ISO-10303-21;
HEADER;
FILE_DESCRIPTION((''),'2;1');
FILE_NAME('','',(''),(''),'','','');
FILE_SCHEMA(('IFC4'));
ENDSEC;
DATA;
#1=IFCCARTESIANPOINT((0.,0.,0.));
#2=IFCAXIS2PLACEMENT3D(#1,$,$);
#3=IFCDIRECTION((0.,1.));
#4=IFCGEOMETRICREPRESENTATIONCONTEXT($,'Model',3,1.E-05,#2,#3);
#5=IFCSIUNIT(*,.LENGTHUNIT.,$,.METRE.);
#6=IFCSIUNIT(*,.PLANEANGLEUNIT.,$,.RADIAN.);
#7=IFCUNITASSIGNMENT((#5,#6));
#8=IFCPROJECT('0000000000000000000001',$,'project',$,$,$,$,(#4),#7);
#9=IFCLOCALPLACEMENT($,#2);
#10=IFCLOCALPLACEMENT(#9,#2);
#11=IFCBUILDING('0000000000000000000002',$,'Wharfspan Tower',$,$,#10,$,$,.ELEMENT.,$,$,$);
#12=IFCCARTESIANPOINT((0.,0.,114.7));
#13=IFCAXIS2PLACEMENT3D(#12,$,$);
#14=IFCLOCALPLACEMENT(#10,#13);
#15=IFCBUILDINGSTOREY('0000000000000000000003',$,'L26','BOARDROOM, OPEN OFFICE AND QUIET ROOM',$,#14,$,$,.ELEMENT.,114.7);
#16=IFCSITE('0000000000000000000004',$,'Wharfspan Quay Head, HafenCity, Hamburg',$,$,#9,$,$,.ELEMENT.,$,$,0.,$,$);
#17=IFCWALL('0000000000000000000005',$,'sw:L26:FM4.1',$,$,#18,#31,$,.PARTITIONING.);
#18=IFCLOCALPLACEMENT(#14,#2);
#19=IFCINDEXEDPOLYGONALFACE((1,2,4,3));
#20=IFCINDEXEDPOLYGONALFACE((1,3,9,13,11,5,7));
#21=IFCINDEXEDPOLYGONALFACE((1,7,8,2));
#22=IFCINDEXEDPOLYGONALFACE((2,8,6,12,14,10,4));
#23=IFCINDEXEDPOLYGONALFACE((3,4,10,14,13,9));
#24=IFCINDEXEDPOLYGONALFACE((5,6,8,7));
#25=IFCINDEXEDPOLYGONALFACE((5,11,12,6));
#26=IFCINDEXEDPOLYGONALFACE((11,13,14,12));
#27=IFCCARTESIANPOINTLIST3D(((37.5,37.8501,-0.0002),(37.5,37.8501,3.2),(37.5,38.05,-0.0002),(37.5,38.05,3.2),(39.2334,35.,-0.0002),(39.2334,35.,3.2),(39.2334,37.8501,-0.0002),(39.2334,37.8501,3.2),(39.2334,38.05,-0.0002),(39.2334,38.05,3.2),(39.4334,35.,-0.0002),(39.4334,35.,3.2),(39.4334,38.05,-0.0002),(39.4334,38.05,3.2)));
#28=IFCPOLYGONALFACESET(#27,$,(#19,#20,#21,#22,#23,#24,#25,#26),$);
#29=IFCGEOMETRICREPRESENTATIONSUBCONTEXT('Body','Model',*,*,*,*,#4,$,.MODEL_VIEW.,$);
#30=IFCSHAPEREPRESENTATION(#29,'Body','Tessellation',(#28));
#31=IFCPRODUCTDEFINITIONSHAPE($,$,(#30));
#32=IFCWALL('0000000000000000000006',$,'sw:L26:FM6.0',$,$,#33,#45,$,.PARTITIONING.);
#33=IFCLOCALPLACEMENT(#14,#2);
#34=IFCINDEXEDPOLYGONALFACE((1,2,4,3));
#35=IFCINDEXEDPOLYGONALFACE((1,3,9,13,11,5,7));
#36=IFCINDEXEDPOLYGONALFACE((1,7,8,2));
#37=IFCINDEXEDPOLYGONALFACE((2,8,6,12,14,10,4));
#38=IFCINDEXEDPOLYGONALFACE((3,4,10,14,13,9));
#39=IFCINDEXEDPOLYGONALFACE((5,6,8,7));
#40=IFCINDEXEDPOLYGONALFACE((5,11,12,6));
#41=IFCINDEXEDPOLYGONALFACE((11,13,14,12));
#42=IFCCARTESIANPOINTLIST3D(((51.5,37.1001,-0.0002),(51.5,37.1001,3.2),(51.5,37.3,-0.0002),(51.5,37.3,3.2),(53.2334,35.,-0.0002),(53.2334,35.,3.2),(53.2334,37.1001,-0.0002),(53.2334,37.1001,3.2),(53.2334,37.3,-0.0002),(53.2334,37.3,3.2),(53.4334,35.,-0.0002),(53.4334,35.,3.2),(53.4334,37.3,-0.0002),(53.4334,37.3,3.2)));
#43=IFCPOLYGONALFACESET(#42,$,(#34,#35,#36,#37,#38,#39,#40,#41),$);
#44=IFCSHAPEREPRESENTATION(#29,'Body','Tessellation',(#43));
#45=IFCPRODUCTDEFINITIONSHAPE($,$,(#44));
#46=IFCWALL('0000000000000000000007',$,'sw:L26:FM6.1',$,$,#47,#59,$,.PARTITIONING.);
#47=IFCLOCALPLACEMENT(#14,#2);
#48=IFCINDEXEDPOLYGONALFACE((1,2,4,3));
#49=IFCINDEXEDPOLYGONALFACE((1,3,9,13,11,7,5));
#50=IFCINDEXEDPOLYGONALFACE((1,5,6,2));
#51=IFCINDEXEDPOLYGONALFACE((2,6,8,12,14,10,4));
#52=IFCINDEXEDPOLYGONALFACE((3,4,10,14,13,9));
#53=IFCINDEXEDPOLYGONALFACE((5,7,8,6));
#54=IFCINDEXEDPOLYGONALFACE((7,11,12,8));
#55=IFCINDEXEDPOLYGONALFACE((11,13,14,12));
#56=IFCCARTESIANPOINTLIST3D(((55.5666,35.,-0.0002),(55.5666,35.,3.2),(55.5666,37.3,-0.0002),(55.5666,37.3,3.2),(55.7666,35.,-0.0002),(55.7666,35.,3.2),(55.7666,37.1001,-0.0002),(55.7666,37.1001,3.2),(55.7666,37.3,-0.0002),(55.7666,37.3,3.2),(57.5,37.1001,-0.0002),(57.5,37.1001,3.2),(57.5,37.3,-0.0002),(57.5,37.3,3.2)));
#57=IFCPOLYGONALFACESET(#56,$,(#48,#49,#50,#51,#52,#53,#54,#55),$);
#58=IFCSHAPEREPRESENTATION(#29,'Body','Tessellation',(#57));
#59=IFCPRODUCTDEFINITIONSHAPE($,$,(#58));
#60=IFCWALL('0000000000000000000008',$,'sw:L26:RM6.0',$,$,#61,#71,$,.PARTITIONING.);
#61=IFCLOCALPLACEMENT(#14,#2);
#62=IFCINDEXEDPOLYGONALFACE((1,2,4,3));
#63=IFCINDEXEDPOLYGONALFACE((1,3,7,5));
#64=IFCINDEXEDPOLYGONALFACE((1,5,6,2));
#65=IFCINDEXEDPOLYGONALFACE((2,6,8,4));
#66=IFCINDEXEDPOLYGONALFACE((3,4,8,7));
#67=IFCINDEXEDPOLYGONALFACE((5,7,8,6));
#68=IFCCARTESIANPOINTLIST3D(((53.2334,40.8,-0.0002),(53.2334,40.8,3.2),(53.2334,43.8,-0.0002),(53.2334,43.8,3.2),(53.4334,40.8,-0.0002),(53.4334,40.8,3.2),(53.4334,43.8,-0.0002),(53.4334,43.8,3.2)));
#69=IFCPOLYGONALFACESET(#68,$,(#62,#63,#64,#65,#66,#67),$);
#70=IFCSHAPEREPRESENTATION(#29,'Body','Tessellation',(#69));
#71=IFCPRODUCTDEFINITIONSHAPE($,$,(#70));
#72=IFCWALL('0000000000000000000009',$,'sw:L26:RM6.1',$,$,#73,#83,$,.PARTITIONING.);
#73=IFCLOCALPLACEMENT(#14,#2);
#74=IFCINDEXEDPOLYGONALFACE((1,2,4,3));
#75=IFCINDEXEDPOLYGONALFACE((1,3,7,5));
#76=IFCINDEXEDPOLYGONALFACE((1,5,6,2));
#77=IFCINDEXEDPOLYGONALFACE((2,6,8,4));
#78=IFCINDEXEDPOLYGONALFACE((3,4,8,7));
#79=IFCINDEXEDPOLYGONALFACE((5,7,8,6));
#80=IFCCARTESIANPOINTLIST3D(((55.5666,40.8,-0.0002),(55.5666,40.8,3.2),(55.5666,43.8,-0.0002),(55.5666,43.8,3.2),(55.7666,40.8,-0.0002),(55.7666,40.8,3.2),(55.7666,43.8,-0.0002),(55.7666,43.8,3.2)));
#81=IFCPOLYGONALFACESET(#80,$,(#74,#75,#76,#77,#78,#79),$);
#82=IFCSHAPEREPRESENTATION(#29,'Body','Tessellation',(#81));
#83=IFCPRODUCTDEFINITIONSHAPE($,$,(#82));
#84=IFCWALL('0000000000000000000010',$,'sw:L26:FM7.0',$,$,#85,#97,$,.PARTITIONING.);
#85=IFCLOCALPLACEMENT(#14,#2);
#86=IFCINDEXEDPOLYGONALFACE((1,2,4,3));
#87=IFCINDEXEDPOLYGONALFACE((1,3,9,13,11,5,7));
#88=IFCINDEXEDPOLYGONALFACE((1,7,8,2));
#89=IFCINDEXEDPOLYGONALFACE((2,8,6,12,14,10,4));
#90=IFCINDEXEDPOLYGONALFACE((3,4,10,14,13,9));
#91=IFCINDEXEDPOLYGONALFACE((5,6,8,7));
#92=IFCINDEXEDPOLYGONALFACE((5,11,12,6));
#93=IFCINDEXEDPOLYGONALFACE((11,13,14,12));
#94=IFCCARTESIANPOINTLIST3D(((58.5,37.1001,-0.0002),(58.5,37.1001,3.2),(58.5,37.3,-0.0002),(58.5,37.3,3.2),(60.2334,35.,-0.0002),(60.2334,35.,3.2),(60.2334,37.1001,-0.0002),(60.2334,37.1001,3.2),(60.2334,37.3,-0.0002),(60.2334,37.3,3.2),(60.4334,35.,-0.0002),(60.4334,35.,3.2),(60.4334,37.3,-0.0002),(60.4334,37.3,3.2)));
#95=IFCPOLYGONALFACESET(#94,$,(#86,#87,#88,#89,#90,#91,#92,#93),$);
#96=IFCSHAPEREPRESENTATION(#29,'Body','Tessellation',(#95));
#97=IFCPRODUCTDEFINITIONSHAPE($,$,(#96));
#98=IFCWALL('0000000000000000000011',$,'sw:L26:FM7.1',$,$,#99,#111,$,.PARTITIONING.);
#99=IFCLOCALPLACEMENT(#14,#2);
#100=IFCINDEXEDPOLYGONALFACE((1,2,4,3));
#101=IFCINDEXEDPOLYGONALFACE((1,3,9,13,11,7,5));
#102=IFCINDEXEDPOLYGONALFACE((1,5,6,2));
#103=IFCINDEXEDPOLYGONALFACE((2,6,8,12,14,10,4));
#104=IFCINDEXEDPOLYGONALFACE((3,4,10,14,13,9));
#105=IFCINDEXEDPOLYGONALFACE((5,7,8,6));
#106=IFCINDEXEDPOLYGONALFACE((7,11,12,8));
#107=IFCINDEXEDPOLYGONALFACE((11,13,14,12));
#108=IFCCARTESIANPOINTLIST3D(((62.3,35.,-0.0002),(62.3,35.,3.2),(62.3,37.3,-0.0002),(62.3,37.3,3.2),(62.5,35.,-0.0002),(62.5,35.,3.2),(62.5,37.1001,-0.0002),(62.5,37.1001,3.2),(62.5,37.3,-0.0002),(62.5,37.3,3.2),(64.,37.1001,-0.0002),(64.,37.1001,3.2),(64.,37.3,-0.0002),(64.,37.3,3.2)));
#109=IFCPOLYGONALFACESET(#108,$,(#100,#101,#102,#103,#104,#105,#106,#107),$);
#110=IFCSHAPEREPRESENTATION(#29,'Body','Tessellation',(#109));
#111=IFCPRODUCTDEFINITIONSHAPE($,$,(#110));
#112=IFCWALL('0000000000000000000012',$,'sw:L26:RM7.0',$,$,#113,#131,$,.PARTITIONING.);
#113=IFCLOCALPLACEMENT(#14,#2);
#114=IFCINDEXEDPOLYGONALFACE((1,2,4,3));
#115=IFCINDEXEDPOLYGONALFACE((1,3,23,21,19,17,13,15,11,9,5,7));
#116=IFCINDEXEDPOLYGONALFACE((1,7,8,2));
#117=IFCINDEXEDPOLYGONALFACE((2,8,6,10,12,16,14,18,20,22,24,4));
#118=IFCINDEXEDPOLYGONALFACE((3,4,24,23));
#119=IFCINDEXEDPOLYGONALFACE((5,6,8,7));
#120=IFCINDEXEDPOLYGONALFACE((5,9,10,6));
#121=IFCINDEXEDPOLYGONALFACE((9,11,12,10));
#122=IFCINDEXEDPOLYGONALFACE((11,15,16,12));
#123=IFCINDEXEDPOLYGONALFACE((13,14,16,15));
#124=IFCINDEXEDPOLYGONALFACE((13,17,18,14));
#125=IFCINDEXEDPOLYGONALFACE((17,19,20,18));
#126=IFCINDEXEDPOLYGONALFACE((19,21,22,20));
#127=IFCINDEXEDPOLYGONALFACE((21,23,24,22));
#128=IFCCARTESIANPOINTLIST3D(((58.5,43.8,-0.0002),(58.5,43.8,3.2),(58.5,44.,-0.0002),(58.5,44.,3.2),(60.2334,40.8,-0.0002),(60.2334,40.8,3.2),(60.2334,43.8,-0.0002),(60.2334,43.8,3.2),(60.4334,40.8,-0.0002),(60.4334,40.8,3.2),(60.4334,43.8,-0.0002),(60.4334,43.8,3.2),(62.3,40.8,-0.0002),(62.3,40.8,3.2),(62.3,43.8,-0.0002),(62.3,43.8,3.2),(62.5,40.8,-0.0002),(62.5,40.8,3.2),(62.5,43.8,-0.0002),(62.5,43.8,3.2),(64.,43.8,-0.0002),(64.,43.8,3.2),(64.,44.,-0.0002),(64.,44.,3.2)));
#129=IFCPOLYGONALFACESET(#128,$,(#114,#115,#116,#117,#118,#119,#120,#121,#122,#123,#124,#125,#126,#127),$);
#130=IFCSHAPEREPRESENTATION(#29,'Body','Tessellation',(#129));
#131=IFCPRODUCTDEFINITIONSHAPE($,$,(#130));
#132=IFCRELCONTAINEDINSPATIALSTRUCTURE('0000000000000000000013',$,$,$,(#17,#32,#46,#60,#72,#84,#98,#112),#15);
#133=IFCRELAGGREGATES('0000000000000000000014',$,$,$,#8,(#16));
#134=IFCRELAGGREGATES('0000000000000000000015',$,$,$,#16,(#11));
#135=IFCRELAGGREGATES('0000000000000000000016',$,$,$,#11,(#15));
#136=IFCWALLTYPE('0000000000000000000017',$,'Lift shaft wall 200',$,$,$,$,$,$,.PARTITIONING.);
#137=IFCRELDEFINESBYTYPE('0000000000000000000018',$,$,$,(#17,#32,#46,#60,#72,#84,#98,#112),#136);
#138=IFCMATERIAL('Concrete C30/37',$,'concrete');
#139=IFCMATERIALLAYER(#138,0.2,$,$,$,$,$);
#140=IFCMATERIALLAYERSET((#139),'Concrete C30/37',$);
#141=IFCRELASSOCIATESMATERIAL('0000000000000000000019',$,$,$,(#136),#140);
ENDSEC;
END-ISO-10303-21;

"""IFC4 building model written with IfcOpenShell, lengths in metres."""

from ifc_helpers import new_model, si_unit, direction, frame, origin, place, context, subcontext, project, spatial, polyline, outline, extrude, material, layer, layer_set, type_object, element, save


model = new_model("IFC4")

# Units and contexts
model_context = context("Model", 3, precision=1e-05, world=origin(), true_north=direction((0.0, 1.0)))
body_context = subcontext(model_context, "Body", "Model", "MODEL_VIEW")
ifc_project = project(units=[si_unit("LENGTHUNIT", "METRE"), si_unit("PLANEANGLEUNIT", "RADIAN")], contexts=[model_context])

# Site, building, storey
site_placement = place(None, origin())
site = spatial("IfcSite", under=ifc_project, at=site_placement, Name="Wharfspan Quay Head, HafenCity, Hamburg", CompositionType="ELEMENT", RefElevation=0.0)
building_placement = place(site_placement, origin())
building = spatial("IfcBuilding", under=site, at=building_placement, Name="Wharfspan Tower", CompositionType="ELEMENT")
storey_placement = place(building_placement, frame((0.0, 0.0, 114.7)))
storey = spatial("IfcBuildingStorey", under=building, at=storey_placement, Name="L26", Description="BOARDROOM, OPEN OFFICE AND QUIET ROOM", CompositionType="ELEMENT", Elevation=114.7)

# Walls
ifc_material_1 = material(Name="Concrete C30/37", Category="concrete")
ifc_layer_1 = layer(ifc_material_1, 0.2)
ifc_layer_set_1 = layer_set([ifc_layer_1], Name="Concrete C30/37")
wall_type_1 = type_object("IfcWallType", Name="Lift shaft wall 200", PredefinedType="PARTITIONING", material=ifc_layer_set_1)
wall_1_placement = place(storey_placement, frame((0.0, 0.0, -0.0002)))
element("IfcWall", 1, at=wall_1_placement, inside=storey, type_object=wall_type_1, Name="sw:L26:FM4.1", PredefinedType="PARTITIONING", context=body_context, shape_type="SweptSolid", body=[
    extrude(outline(polyline([(39.2334, 37.8501), (37.5, 37.8501), (37.5, 38.05), (39.2334, 38.05), (39.4333, 38.05), (39.4333, 35.0), (39.2334, 35.0), (39.2334, 37.8501)])), origin(), (0.0, 0.0, 1.0), 3.2002),
])
wall_2_placement = place(storey_placement, frame((0.0, 0.0, -0.0002)))
element("IfcWall", 2, at=wall_2_placement, inside=storey, type_object=wall_type_1, Name="sw:L26:FM6.0", PredefinedType="PARTITIONING", context=body_context, shape_type="SweptSolid", body=[
    extrude(outline(polyline([(53.2334, 37.1001), (51.5, 37.1001), (51.5, 37.3), (53.2334, 37.3), (53.4333, 37.3), (53.4333, 35.0), (53.2334, 35.0), (53.2334, 37.1001)])), origin(), (0.0, 0.0, 1.0), 3.2002),
])
wall_3_placement = place(storey_placement, frame((0.0, 0.0, -0.0002)))
element("IfcWall", 3, at=wall_3_placement, inside=storey, type_object=wall_type_1, Name="sw:L26:FM6.1", PredefinedType="PARTITIONING", context=body_context, shape_type="SweptSolid", body=[
    extrude(outline(polyline([(55.5667, 37.3), (55.7666, 37.3), (57.5, 37.3), (57.5, 37.1001), (55.7666, 37.1001), (55.7666, 35.0), (55.5667, 35.0), (55.5667, 37.3)])), origin(), (0.0, 0.0, 1.0), 3.2002),
])
wall_4_placement = place(storey_placement, frame((0.0, 0.0, -0.0002)))
element("IfcWall", 4, at=wall_4_placement, inside=storey, type_object=wall_type_1, Name="sw:L26:RM6.0", PredefinedType="PARTITIONING", context=body_context, shape_type="SweptSolid", body=[
    extrude(outline(polyline([(53.2334, 40.8), (53.2334, 43.8), (53.4333, 43.8), (53.4333, 40.8), (53.2334, 40.8)])), origin(), (0.0, 0.0, 1.0), 3.2002),
])
wall_5_placement = place(storey_placement, frame((0.0, 0.0, -0.0002)))
element("IfcWall", 5, at=wall_5_placement, inside=storey, type_object=wall_type_1, Name="sw:L26:RM6.1", PredefinedType="PARTITIONING", context=body_context, shape_type="SweptSolid", body=[
    extrude(outline(polyline([(55.5667, 40.8), (55.5667, 43.8), (55.7666, 43.8), (55.7666, 40.8), (55.5667, 40.8)])), origin(), (0.0, 0.0, 1.0), 3.2002),
])
wall_6_placement = place(storey_placement, frame((0.0, 0.0, -0.0002)))
element("IfcWall", 6, at=wall_6_placement, inside=storey, type_object=wall_type_1, Name="sw:L26:FM7.0", PredefinedType="PARTITIONING", context=body_context, shape_type="SweptSolid", body=[
    extrude(outline(polyline([(60.2334, 37.1001), (58.5, 37.1001), (58.5, 37.3), (60.2334, 37.3), (60.4333, 37.3), (60.4333, 35.0), (60.2334, 35.0), (60.2334, 37.1001)])), origin(), (0.0, 0.0, 1.0), 3.2002),
])
wall_7_placement = place(storey_placement, frame((0.0, 0.0, -0.0002)))
element("IfcWall", 7, at=wall_7_placement, inside=storey, type_object=wall_type_1, Name="sw:L26:FM7.1", PredefinedType="PARTITIONING", context=body_context, shape_type="SweptSolid", body=[
    extrude(outline(polyline([(62.3, 37.3), (62.5, 37.3), (64.0, 37.3), (64.0, 37.1001), (62.5, 37.1001), (62.5, 35.0), (62.3, 35.0), (62.3, 37.3)])), origin(), (0.0, 0.0, 1.0), 3.2002),
])
wall_8_placement = place(storey_placement, frame((0.0, 0.0, -0.0002)))
element("IfcWall", 8, at=wall_8_placement, inside=storey, type_object=wall_type_1, Name="sw:L26:RM7.0", PredefinedType="PARTITIONING", context=body_context, shape_type="SweptSolid", body=[
    extrude(outline(polyline([(60.4333, 40.8), (60.2334, 40.8), (60.2334, 43.8), (58.5, 43.8), (58.5, 44.0), (64.0, 44.0), (64.0, 43.8), (62.5, 43.8), (62.5, 40.8), (62.3, 40.8), (62.3, 43.8), (60.4333, 43.8), (60.4333, 40.8)])), origin(), (0.0, 0.0, 1.0), 3.2002),
])

save(model, "model.ifc")
